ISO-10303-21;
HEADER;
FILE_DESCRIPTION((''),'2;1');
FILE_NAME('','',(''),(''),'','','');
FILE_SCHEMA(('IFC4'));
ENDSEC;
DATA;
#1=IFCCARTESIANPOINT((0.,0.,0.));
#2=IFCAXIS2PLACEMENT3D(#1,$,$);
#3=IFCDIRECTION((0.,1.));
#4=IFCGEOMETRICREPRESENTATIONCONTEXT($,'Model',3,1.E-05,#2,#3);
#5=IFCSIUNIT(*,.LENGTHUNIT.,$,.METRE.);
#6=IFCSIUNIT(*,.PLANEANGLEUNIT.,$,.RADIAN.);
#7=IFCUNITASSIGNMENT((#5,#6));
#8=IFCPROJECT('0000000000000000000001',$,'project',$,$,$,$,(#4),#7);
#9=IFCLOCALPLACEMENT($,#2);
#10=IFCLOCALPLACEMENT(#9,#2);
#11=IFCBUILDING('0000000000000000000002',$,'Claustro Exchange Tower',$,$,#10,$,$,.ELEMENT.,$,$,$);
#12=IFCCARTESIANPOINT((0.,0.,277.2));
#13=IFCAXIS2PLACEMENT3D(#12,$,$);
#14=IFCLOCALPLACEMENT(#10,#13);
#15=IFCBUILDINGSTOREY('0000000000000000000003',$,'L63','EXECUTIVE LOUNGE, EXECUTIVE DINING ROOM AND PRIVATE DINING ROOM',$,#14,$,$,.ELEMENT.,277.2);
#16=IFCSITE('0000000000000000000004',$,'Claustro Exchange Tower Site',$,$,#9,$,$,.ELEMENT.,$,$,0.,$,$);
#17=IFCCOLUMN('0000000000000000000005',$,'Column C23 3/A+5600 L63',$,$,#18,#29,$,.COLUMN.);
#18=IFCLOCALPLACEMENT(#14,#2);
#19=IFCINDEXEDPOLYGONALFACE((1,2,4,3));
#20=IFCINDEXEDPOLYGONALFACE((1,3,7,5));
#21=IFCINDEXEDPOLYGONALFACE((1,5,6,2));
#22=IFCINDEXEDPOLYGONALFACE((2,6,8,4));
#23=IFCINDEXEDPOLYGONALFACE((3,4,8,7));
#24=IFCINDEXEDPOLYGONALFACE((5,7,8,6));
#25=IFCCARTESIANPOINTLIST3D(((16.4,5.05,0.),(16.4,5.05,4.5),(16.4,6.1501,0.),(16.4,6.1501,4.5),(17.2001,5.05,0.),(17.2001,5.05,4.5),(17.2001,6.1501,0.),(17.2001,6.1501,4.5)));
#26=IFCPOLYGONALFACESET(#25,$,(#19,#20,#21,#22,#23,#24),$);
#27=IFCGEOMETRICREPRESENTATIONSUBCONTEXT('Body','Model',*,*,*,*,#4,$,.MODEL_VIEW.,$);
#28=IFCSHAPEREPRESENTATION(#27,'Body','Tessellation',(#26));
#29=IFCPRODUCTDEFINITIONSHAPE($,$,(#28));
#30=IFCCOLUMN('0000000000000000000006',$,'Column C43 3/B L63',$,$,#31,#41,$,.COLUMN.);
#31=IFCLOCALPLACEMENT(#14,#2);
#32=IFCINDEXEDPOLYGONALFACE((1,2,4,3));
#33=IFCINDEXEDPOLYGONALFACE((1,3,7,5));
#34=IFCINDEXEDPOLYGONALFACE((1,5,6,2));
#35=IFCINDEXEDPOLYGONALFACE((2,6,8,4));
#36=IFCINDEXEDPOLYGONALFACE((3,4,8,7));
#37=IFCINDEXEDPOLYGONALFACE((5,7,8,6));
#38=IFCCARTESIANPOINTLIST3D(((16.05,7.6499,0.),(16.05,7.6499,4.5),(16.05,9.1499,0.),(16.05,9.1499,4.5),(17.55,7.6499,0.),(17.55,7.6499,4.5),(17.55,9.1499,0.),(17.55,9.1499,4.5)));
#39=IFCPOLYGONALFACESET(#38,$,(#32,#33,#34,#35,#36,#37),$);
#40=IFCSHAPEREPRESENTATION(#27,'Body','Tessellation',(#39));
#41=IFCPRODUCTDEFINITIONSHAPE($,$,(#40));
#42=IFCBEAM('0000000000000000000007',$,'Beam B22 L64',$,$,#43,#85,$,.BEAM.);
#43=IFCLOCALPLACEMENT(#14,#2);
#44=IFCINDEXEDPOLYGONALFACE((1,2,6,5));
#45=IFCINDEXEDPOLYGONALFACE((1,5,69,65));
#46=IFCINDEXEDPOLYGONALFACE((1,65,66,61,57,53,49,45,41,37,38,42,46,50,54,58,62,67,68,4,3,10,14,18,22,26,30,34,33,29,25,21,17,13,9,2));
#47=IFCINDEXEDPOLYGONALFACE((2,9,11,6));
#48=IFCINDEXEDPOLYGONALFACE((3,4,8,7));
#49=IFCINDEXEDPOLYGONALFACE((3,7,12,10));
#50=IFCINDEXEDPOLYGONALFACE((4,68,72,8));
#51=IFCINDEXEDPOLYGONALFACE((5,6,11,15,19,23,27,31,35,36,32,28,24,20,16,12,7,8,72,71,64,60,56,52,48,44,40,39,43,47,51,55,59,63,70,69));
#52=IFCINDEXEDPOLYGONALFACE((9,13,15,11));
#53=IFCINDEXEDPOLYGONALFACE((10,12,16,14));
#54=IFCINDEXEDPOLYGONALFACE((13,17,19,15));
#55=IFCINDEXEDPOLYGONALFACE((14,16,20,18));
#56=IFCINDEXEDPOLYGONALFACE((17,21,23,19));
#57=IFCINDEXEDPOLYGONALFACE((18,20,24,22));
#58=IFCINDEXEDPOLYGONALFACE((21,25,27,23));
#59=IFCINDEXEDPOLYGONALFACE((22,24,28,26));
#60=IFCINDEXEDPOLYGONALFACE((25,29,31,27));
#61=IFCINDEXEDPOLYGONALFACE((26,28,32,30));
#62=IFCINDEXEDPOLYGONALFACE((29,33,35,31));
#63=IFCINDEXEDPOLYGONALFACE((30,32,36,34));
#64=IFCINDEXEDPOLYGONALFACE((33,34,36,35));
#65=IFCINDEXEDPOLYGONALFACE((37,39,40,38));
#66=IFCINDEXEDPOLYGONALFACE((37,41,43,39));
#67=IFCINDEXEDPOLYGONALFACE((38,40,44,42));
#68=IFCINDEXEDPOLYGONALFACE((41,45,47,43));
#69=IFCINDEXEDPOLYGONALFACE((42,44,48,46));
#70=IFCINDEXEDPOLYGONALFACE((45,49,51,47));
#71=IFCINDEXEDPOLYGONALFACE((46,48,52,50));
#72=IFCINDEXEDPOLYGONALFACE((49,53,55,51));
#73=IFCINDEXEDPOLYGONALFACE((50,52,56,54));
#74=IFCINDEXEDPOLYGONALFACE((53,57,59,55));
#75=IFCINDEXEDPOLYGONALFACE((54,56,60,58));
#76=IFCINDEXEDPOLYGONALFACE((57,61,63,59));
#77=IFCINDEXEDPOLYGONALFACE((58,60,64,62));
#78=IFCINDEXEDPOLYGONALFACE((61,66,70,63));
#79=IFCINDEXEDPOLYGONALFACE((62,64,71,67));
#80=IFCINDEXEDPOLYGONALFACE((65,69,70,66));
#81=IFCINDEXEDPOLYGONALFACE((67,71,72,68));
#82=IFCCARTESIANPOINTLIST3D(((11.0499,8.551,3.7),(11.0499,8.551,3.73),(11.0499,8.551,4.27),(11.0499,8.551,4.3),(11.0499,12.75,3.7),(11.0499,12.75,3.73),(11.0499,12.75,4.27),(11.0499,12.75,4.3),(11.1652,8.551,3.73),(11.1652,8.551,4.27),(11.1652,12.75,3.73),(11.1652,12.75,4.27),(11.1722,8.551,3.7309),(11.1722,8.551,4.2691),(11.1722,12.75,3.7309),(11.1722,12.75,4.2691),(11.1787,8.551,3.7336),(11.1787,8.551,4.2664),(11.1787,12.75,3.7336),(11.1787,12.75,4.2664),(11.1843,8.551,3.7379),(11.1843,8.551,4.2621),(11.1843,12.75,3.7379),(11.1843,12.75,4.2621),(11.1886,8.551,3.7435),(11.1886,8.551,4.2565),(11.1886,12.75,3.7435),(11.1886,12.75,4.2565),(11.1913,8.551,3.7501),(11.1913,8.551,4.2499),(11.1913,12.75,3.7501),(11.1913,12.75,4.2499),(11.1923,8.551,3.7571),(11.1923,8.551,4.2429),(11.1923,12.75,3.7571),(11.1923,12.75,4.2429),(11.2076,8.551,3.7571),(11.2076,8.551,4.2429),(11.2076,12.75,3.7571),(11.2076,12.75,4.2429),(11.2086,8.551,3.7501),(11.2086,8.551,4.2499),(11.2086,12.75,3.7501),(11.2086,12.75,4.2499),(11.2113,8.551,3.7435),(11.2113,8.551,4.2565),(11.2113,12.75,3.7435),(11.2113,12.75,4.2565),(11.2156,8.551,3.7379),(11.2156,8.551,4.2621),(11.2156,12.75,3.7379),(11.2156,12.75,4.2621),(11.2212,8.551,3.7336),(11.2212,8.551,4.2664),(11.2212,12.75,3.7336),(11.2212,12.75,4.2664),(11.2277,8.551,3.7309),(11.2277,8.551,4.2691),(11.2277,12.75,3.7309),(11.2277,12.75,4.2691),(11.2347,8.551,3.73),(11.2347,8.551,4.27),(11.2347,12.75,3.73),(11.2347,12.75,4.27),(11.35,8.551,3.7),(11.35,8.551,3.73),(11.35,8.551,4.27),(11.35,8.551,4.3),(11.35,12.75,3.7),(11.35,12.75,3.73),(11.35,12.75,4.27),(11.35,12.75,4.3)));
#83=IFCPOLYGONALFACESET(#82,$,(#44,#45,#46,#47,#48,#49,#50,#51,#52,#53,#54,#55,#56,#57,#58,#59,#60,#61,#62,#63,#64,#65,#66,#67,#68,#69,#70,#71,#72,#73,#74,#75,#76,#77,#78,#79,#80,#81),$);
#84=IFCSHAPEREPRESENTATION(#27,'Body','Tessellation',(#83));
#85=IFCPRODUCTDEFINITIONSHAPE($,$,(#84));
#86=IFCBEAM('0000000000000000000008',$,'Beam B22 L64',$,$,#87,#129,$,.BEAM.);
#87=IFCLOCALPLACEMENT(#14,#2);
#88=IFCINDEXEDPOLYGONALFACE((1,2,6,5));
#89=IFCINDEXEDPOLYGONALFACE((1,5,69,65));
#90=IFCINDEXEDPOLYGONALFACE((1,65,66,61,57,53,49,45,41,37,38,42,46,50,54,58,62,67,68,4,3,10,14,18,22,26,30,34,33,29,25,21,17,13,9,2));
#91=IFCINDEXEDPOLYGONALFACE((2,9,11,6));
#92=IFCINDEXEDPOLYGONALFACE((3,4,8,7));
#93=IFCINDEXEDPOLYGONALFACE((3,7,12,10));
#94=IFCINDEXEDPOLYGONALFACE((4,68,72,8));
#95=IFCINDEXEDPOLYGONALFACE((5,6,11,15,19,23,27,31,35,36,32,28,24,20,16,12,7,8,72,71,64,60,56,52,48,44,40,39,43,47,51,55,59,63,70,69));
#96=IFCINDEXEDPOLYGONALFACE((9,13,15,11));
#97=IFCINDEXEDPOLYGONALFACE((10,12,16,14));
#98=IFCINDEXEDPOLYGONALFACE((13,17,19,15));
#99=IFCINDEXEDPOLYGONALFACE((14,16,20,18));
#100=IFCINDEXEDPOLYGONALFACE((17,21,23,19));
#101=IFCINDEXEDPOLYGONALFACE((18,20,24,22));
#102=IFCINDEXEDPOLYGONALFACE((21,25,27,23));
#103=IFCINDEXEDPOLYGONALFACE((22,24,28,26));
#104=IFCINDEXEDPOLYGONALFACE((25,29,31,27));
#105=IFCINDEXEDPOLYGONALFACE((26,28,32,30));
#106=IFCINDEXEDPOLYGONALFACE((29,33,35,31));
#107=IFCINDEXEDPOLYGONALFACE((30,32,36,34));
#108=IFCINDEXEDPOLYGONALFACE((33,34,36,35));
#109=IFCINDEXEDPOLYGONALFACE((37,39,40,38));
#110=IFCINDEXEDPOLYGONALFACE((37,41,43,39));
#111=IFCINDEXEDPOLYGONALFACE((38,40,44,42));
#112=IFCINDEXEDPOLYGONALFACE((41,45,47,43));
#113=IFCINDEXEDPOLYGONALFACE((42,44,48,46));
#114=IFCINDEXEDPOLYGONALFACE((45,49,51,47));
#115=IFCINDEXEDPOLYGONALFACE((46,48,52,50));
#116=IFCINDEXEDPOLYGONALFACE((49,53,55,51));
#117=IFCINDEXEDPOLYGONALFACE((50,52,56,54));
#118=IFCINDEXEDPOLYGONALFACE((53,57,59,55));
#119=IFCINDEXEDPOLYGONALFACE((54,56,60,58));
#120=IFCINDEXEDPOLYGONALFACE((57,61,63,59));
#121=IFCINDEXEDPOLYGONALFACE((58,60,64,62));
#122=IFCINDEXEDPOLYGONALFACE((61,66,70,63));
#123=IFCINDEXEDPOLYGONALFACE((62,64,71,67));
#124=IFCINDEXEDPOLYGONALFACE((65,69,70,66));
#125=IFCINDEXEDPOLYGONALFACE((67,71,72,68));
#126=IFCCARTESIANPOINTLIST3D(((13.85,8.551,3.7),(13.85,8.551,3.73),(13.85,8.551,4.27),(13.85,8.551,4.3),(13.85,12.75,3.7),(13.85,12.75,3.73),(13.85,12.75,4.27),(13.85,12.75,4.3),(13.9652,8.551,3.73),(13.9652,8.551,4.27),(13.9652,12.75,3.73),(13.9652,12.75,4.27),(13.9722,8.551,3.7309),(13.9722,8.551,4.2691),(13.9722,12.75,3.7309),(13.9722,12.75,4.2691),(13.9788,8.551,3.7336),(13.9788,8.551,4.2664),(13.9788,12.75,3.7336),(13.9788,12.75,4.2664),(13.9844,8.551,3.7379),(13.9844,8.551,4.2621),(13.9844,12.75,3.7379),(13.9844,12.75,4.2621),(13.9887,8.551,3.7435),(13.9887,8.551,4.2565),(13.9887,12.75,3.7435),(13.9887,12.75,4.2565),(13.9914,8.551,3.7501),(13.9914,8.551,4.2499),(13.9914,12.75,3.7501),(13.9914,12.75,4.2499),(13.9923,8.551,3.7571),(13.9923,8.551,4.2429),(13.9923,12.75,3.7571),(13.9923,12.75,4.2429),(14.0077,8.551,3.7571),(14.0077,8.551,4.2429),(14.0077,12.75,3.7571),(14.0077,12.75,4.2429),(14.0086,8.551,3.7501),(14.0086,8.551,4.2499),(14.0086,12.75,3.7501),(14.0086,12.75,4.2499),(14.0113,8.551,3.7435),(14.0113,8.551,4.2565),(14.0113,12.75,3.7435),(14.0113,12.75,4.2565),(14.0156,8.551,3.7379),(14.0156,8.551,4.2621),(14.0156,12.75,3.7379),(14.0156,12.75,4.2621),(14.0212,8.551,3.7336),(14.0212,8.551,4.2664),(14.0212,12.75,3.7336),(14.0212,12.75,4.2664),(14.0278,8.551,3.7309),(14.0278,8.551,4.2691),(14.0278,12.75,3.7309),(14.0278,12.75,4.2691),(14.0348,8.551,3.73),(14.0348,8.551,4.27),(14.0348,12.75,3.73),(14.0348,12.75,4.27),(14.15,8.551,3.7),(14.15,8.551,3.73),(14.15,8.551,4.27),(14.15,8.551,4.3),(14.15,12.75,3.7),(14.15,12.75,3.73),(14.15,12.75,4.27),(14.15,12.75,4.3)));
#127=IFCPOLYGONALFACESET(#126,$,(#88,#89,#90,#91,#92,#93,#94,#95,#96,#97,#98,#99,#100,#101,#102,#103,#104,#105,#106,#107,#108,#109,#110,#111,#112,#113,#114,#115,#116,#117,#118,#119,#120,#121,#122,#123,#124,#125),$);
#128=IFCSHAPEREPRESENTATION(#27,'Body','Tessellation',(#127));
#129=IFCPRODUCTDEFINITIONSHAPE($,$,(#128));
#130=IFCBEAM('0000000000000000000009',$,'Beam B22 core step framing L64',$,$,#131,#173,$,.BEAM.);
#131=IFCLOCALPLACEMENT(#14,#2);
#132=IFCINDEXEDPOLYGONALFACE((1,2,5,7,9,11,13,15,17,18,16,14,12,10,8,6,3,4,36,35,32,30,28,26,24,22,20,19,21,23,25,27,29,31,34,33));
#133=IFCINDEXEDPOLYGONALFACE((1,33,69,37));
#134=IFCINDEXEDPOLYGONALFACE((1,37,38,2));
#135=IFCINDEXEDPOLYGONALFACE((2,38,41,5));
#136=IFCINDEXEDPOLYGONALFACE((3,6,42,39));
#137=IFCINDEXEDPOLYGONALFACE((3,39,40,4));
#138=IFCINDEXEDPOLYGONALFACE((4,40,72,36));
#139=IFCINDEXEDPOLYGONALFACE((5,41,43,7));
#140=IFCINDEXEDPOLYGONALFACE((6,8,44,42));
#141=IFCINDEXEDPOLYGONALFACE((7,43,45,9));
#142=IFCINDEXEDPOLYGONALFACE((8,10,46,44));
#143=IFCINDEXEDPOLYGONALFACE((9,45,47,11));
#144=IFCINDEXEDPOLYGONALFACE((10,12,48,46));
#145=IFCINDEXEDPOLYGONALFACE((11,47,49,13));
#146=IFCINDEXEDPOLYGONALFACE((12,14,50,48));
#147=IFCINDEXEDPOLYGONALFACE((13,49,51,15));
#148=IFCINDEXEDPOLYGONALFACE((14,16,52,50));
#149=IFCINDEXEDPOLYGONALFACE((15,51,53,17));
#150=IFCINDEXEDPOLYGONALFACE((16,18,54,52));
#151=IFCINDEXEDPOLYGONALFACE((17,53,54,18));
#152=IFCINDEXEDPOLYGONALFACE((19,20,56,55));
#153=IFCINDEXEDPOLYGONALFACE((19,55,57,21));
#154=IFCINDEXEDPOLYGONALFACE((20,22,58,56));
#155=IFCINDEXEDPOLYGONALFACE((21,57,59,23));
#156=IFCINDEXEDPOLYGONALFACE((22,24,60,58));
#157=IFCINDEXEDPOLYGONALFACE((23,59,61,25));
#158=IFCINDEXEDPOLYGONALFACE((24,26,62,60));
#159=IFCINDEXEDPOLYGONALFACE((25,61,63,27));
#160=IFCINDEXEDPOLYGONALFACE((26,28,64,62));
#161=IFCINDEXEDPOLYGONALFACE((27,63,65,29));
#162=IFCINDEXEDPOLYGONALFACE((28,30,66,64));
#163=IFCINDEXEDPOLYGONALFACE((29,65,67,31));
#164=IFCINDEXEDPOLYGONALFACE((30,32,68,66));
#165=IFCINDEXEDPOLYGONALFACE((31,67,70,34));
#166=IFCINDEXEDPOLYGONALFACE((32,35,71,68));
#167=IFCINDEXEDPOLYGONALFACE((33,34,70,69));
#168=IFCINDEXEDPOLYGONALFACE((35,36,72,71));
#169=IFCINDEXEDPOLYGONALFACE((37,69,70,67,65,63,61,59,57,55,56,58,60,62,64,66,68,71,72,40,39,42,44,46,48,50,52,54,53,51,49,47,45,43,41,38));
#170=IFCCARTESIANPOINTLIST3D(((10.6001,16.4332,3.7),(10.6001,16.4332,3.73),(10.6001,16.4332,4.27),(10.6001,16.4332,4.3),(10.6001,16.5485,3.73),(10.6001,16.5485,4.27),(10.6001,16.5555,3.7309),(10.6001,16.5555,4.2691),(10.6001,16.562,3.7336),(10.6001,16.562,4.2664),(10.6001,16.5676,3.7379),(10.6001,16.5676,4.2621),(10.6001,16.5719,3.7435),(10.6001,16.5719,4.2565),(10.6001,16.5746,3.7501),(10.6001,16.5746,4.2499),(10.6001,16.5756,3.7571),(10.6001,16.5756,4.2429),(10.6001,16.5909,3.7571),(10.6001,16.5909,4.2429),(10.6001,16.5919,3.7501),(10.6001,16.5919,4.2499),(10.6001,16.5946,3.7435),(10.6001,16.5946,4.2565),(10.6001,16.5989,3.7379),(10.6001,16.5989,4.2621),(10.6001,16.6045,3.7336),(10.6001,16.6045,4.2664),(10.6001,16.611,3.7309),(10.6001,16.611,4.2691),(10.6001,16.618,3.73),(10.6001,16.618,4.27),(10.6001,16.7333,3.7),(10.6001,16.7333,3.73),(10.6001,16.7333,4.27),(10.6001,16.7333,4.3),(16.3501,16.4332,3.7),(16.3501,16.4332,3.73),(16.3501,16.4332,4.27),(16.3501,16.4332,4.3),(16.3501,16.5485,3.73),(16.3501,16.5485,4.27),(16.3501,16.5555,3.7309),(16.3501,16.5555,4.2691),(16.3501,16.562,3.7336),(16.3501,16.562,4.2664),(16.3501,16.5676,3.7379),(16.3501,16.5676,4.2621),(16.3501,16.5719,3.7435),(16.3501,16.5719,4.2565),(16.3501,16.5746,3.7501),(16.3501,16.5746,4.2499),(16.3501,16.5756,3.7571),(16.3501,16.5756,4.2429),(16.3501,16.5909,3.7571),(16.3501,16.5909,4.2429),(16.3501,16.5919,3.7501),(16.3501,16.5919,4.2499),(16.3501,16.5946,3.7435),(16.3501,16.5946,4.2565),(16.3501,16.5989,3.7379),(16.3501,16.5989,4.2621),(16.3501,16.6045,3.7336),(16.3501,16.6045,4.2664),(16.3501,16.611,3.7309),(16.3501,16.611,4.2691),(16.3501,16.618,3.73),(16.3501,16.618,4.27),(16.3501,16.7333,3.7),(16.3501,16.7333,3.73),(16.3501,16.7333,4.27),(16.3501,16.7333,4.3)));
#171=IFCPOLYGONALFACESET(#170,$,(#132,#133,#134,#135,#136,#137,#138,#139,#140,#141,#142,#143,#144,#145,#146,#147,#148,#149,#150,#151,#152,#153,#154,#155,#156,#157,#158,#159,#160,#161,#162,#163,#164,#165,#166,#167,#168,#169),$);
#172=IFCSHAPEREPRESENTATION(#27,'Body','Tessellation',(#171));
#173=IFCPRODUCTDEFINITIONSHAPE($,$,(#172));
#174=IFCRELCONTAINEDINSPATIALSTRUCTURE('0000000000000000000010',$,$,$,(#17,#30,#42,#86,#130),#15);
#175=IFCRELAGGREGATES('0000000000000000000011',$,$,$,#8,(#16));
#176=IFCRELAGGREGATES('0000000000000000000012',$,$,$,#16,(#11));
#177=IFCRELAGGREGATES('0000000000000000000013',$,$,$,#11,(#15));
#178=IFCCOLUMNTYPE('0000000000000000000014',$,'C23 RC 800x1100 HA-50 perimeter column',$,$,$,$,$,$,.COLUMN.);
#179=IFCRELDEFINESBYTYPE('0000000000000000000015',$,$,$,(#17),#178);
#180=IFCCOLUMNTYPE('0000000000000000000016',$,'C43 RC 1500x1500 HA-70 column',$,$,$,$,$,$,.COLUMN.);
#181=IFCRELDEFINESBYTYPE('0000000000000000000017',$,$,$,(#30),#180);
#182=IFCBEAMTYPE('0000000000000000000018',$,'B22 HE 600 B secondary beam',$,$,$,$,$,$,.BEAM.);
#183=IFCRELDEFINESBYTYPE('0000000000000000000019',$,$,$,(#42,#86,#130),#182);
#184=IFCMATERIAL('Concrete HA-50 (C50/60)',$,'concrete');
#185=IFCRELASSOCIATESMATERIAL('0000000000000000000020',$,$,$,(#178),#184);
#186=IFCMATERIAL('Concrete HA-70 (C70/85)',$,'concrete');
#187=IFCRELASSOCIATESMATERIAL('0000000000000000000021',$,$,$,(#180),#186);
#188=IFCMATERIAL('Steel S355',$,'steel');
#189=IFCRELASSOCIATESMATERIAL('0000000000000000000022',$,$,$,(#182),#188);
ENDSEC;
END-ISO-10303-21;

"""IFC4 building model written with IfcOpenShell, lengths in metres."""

from ifc_helpers import new_model, si_unit, direction, frame, origin, origin_2d, place, context, subcontext, project, spatial, rectangle, i_section, extrude, material, material_profile, profile_set, type_object, element, save


model = new_model("IFC4")

# Units and contexts
model_context = context("Model", 3, precision=1e-05, world=origin(), true_north=direction((0.0, 1.0)))
body_context = subcontext(model_context, "Body", "Model", "MODEL_VIEW")
ifc_project = project(units=[si_unit("LENGTHUNIT", "METRE"), si_unit("PLANEANGLEUNIT", "RADIAN")], contexts=[model_context])

# Site, building, storey
site_placement = place(None, origin())
site = spatial("IfcSite", under=ifc_project, at=site_placement, Name="Claustro Exchange Tower Site", CompositionType="ELEMENT", RefElevation=0.0)
building_placement = place(site_placement, origin())
building = spatial("IfcBuilding", under=site, at=building_placement, Name="Claustro Exchange Tower", CompositionType="ELEMENT")
storey_placement = place(building_placement, frame((0.0, 0.0, 277.2)))
storey = spatial("IfcBuildingStorey", under=building, at=storey_placement, Name="L63", Description="EXECUTIVE LOUNGE, EXECUTIVE DINING ROOM AND PRIVATE DINING ROOM", CompositionType="ELEMENT", Elevation=277.2)

# Columns
ifc_material_1 = material(Name="Concrete HA-50 (C50/60)", Category="concrete")
ifc_material_profile_1 = material_profile(ifc_material_1, rectangle(XDim=0.8, YDim=1.1001, at=origin_2d()), Name="RC 800x1100")
ifc_profile_set_1 = profile_set([ifc_material_profile_1], Name="Concrete HA-50 (C50/60)")
column_type_1 = type_object("IfcColumnType", Name="C23 RC 800x1100 HA-50 perimeter column", PredefinedType="COLUMN", material=ifc_profile_set_1)
column_1_placement = place(storey_placement, frame((16.8, 5.6001, 0.0), z_axis=(0.0, 0.0, 1.0), x_axis=(1.0, 0.0, 0.0)))
element("IfcColumn", 1, at=column_1_placement, inside=storey, type_object=column_type_1, Name="Column C23 3/A+5600 L63", PredefinedType="COLUMN", context=body_context, shape_type="SweptSolid", body=[
    extrude(rectangle(XDim=0.8, YDim=1.1001, at=origin_2d()), origin(), (0.0, 0.0, 1.0), 4.5),
])
ifc_material_2 = material(Name="Concrete HA-70 (C70/85)", Category="concrete")
ifc_material_profile_2 = material_profile(ifc_material_2, rectangle(XDim=1.5, YDim=1.5, at=origin_2d()), Name="RC 1500x1500")
ifc_profile_set_2 = profile_set([ifc_material_profile_2], Name="Concrete HA-70 (C70/85)")
column_type_2 = type_object("IfcColumnType", Name="C43 RC 1500x1500 HA-70 column", PredefinedType="COLUMN", material=ifc_profile_set_2)
column_2_placement = place(storey_placement, frame((16.8, 8.3999, 0.0), z_axis=(0.0, 0.0, 1.0), x_axis=(1.0, 0.0, 0.0)))
element("IfcColumn", 2, at=column_2_placement, inside=storey, type_object=column_type_2, Name="Column C43 3/B L63", PredefinedType="COLUMN", context=body_context, shape_type="SweptSolid", body=[
    extrude(rectangle(XDim=1.5, YDim=1.5, at=origin_2d()), origin(), (0.0, 0.0, 1.0), 4.5),
])

# Beams
ifc_material_3 = material(Name="Steel S355", Category="steel")
ifc_material_profile_3 = material_profile(ifc_material_3, i_section(OverallWidth=0.3, OverallDepth=0.6001, WebThickness=0.0154, FlangeThickness=0.03, FilletRadius=0.0271, at=origin_2d()), Name="HE 600 B")
ifc_profile_set_3 = profile_set([ifc_material_profile_3], Name="Steel S355")
beam_type_1 = type_object("IfcBeamType", Name="B22 HE 600 B secondary beam", PredefinedType="BEAM", material=ifc_profile_set_3)
for number, where, z_axis, x_axis, name in (
    (3, (11.2, 8.551, 4.0), (0.0, 1.0, 0.0), (-1.0, 0.0, 0.0), "Beam B22 L64"),
    (4, (14.0, 8.551, 4.0), (0.0, 1.0, 0.0), (-1.0, 0.0, 0.0), "Beam B22 L64"),
):
    element("IfcBeam", number, at=place(storey_placement, frame(where, z_axis=z_axis, x_axis=x_axis)), inside=storey, type_object=beam_type_1, Name=name, PredefinedType="BEAM", context=body_context, shape_type="SweptSolid", body=[
        extrude(i_section(OverallWidth=0.3, OverallDepth=0.6001, WebThickness=0.0154, FlangeThickness=0.03, FilletRadius=0.0271, at=origin_2d()), origin(), (0.0, 0.0, 1.0), 4.199),
    ])
beam_1_placement = place(storey_placement, frame((10.6001, 16.5833, 4.0), z_axis=(1.0, 0.0, 0.0), x_axis=(0.0, 1.0, 0.0)))
element("IfcBeam", 5, at=beam_1_placement, inside=storey, type_object=beam_type_1, Name="Beam B22 core step framing L64", PredefinedType="BEAM", context=body_context, shape_type="SweptSolid", body=[
    extrude(i_section(OverallWidth=0.3, OverallDepth=0.6001, WebThickness=0.0154, FlangeThickness=0.03, FilletRadius=0.0271, at=origin_2d()), origin(), (0.0, 0.0, 1.0), 5.75),
])

save(model, "model.ifc")
